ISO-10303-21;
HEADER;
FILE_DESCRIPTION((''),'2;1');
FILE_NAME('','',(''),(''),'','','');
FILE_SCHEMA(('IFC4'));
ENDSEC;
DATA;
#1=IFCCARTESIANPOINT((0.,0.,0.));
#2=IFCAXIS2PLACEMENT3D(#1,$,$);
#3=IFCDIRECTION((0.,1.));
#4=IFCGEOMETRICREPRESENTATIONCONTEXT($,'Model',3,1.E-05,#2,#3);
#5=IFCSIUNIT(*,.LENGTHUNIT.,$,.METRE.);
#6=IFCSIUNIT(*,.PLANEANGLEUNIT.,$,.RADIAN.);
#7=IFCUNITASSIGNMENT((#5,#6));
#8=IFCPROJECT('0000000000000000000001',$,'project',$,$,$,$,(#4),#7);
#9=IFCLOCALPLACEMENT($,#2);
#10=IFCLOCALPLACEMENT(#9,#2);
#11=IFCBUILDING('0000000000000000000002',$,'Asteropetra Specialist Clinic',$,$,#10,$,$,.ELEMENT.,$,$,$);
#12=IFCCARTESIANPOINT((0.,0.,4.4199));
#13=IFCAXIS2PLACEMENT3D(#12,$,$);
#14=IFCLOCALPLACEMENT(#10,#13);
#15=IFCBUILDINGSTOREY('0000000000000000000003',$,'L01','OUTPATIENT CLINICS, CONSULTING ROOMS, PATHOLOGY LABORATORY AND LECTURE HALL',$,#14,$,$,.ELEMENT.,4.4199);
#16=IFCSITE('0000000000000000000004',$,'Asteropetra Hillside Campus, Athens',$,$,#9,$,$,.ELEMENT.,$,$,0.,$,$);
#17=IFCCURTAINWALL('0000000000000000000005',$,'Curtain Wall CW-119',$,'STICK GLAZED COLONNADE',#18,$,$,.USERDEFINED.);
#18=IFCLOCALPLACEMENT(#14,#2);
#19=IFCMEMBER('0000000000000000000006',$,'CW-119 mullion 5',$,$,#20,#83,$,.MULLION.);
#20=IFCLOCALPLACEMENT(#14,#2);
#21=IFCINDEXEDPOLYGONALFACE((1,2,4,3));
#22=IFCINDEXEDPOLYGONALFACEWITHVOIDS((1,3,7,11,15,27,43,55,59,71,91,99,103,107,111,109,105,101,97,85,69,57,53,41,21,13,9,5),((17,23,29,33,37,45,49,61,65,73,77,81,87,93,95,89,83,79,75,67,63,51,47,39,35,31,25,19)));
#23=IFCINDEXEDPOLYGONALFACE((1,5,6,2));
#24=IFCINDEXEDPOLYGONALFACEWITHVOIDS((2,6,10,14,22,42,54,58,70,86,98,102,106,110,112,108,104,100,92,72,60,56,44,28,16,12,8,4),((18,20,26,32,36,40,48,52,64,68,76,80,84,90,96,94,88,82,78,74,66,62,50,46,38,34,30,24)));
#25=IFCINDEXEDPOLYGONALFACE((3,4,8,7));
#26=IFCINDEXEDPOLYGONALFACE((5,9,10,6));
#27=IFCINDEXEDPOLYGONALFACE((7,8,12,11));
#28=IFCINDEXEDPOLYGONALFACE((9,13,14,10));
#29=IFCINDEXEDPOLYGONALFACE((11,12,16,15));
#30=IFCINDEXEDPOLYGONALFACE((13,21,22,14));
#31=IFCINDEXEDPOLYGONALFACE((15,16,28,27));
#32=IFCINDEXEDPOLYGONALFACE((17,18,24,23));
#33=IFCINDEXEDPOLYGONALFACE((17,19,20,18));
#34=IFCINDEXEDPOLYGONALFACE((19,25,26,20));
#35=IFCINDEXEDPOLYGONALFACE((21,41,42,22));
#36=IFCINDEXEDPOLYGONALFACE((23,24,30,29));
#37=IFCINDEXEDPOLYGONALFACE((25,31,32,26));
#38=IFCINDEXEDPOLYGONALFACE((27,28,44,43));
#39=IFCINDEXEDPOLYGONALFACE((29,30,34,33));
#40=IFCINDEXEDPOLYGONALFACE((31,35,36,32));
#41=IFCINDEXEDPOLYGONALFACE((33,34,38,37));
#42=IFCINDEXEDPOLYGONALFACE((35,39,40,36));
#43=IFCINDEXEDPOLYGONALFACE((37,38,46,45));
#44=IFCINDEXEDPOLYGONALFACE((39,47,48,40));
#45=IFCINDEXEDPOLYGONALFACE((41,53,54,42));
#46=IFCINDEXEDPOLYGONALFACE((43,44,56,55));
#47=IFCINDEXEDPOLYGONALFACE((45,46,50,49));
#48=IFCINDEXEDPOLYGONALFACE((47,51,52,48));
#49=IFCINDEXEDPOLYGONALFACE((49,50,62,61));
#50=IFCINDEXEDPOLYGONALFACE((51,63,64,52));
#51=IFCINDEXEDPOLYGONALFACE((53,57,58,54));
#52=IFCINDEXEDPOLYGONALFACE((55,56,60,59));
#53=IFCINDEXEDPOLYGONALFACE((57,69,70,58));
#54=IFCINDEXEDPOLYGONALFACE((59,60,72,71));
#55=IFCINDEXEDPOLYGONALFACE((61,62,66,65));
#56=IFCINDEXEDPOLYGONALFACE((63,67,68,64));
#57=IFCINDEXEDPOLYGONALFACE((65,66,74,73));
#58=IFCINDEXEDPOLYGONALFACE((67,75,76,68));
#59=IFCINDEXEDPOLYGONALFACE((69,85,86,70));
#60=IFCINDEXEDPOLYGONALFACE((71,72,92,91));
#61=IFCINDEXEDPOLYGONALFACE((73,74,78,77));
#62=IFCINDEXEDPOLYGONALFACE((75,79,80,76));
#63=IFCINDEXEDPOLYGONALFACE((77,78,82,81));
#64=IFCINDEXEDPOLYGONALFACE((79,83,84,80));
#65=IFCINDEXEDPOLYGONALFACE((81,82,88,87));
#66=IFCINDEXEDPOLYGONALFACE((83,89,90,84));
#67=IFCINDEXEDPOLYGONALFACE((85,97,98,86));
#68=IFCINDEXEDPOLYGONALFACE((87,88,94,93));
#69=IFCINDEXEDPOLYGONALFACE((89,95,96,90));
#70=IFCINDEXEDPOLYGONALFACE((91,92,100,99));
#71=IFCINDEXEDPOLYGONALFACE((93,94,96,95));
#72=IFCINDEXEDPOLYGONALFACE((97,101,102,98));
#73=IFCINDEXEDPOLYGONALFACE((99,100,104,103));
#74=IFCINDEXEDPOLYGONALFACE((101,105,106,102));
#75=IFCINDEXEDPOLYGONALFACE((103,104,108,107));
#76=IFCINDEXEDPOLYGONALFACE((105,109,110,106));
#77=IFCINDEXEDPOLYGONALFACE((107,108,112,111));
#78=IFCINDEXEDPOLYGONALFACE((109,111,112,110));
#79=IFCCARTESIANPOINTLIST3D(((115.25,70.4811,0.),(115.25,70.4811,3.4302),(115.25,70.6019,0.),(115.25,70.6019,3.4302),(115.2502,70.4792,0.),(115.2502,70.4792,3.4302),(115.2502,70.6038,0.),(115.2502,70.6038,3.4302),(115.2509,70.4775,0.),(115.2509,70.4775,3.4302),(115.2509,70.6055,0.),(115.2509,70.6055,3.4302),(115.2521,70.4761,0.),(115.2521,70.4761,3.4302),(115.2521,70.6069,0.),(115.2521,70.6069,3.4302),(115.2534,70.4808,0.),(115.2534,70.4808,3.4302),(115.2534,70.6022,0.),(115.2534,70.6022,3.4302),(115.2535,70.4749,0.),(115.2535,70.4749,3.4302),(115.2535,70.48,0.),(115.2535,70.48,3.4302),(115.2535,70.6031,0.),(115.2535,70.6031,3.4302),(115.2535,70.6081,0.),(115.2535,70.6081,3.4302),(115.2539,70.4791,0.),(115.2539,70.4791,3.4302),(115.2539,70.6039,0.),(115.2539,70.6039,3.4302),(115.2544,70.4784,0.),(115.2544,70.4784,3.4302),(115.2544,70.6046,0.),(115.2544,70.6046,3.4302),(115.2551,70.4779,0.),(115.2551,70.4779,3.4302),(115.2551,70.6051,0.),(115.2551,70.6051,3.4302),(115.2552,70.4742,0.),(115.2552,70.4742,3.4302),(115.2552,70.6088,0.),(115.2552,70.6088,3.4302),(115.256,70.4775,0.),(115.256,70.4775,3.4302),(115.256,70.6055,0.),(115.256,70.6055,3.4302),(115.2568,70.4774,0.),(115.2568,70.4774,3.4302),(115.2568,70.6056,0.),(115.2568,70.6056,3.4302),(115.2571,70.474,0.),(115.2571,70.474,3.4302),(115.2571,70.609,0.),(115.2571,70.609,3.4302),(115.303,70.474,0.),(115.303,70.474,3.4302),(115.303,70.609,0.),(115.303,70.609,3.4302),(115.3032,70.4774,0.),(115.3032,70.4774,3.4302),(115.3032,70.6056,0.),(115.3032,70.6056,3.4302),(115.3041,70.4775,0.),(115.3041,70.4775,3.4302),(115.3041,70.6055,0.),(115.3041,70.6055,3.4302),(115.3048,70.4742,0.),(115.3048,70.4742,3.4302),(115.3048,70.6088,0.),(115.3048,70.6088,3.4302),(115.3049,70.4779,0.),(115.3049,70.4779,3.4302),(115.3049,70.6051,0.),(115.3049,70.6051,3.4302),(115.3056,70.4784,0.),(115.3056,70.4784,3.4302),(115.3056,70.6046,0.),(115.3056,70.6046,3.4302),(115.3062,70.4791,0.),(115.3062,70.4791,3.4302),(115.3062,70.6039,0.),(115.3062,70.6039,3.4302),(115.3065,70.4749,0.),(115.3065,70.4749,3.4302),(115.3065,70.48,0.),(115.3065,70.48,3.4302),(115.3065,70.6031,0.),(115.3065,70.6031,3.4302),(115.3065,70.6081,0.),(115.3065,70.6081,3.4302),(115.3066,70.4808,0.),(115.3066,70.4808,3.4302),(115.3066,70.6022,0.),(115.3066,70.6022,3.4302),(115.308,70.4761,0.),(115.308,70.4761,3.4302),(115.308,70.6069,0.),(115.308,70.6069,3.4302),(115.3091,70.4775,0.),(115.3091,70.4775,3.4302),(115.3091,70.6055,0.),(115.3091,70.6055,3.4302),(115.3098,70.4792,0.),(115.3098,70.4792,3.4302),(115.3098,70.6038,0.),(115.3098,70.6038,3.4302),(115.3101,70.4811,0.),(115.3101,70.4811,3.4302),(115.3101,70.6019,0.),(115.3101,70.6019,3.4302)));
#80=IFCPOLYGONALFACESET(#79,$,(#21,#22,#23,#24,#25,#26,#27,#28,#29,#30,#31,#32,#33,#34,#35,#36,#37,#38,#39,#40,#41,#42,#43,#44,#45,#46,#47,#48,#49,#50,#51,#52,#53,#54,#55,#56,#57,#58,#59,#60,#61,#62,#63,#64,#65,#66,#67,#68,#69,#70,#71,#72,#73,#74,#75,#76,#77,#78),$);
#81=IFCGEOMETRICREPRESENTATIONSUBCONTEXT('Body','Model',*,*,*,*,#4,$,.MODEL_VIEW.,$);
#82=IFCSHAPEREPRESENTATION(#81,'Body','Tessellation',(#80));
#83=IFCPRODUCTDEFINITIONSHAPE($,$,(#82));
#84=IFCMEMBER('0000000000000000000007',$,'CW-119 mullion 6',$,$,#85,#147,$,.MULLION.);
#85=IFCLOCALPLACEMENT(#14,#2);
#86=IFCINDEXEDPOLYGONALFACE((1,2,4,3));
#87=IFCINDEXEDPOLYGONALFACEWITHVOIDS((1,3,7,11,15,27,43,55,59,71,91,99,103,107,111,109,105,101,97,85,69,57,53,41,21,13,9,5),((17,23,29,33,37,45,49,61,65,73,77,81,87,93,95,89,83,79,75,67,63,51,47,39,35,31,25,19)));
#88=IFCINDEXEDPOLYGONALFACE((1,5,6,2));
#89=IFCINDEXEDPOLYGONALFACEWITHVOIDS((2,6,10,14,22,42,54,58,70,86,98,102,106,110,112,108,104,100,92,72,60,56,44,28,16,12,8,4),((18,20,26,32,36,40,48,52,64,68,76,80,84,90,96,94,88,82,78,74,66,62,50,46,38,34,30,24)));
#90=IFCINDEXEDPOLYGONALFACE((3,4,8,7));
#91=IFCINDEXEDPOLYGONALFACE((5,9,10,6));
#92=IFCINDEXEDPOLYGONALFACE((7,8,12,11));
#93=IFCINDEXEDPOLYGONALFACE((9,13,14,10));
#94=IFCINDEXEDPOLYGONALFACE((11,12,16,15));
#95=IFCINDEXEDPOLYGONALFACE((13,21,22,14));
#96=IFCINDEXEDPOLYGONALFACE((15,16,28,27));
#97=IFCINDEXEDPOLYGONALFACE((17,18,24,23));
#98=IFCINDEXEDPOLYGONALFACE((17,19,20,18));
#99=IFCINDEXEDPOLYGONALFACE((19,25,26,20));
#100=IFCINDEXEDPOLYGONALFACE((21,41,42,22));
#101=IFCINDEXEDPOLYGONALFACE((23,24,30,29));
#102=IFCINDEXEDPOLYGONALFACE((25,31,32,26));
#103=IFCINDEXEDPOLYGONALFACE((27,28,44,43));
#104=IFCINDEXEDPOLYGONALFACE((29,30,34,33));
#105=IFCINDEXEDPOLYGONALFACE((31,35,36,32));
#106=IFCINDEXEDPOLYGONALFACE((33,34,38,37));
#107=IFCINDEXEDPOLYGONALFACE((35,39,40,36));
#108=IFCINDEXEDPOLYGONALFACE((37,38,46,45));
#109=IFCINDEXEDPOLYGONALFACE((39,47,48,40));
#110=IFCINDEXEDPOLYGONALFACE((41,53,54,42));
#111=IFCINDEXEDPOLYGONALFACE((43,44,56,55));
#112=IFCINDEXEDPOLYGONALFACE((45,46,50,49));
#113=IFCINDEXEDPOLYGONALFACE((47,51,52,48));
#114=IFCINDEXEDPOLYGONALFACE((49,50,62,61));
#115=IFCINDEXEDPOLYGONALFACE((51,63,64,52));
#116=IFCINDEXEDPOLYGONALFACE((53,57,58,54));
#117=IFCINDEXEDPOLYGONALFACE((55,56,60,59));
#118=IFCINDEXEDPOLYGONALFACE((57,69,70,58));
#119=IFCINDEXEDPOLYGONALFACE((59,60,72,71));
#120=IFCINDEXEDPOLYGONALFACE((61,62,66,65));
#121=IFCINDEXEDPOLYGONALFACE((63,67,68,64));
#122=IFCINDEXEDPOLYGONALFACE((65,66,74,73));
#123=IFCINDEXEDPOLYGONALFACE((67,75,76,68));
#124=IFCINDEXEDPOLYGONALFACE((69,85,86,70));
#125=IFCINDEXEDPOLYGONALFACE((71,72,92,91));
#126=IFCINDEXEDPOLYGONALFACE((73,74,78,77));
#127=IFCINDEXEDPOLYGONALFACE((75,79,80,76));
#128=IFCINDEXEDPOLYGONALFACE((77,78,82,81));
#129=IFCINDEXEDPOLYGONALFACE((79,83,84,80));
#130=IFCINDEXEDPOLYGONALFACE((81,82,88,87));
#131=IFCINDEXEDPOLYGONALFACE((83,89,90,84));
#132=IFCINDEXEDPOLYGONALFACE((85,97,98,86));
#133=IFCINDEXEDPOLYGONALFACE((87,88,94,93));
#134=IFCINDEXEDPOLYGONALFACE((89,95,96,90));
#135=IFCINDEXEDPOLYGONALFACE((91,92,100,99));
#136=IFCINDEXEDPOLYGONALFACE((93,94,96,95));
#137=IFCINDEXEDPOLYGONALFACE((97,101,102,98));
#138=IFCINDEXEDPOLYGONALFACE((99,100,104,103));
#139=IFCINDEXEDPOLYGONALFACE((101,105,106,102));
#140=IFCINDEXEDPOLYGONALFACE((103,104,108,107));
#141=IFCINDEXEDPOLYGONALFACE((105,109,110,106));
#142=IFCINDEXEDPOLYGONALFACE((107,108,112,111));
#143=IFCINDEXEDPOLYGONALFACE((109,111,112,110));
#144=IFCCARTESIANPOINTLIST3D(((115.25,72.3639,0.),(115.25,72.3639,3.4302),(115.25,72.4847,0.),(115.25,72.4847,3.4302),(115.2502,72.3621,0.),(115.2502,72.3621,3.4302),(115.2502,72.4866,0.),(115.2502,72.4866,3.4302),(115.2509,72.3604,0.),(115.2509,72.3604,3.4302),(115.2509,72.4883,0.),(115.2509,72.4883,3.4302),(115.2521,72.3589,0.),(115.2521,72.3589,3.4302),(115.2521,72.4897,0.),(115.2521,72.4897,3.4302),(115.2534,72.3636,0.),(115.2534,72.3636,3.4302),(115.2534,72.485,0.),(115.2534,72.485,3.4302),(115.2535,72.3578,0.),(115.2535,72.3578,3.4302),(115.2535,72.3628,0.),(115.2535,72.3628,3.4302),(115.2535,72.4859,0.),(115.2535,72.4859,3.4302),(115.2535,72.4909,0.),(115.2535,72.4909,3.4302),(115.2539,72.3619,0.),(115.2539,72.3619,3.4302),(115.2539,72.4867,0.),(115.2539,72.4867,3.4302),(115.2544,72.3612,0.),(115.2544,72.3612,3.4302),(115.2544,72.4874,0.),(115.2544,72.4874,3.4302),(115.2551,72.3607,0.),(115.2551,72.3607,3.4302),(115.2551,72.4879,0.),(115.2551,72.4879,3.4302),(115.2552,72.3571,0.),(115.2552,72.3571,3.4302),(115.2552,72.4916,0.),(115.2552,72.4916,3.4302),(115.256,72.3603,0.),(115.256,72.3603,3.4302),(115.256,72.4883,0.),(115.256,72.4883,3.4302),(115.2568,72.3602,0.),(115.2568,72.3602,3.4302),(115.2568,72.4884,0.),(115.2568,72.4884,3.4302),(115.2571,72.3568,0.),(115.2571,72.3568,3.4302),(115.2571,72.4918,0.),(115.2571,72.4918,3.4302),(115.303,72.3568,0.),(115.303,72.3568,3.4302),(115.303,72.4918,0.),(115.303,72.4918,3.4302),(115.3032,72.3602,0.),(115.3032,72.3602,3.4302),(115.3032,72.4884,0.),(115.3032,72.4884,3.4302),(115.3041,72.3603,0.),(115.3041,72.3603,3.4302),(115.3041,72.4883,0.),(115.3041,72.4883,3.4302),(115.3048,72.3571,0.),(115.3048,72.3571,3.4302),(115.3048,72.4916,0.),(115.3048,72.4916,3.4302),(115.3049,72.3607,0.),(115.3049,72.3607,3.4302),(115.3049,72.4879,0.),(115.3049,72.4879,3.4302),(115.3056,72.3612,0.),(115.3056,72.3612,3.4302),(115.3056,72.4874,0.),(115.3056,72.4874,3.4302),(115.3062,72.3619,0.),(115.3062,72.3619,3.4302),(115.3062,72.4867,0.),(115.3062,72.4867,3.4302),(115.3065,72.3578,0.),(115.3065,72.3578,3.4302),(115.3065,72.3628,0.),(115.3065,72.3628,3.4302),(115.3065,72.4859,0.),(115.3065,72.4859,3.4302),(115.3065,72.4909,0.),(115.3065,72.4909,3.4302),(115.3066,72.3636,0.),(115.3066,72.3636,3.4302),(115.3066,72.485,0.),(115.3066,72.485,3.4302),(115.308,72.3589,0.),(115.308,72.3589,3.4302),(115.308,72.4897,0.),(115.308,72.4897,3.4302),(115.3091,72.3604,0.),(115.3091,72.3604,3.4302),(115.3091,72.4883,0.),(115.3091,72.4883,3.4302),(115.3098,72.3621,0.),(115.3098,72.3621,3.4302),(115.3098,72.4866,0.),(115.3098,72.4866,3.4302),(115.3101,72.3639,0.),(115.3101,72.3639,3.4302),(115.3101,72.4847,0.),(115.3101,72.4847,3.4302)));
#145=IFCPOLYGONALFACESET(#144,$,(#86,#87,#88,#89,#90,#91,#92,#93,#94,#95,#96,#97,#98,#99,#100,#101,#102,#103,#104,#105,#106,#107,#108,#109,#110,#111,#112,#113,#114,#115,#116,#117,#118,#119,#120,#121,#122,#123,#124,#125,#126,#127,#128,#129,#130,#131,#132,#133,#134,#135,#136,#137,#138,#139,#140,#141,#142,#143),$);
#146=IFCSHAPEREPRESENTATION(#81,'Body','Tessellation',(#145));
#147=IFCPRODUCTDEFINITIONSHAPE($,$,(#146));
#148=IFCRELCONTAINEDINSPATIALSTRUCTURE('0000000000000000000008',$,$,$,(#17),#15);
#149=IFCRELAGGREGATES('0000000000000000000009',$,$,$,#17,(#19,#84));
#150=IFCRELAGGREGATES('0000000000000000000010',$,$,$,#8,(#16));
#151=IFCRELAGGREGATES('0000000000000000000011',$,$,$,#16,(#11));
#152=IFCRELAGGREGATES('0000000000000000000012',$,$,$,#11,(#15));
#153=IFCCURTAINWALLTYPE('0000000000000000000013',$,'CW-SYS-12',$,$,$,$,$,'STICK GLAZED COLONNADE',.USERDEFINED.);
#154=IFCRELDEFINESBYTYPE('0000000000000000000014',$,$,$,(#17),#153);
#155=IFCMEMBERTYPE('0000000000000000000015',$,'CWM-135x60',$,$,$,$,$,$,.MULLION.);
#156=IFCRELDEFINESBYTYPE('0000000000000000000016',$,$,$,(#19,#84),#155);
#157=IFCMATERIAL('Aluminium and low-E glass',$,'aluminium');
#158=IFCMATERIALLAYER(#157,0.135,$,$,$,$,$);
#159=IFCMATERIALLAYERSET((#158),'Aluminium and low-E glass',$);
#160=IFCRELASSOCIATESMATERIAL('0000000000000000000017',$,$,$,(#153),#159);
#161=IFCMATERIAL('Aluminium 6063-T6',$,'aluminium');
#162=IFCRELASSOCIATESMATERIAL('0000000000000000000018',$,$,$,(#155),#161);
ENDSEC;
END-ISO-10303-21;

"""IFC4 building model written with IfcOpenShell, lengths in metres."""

from ifc_helpers import new_model, si_unit, direction, frame, origin, origin_2d, place, context, subcontext, project, spatial, hollow_rectangle, extrude, material, layer, layer_set, material_profile, profile_set, type_object, element, aggregate, save


model = new_model("IFC4")

# Units and contexts
model_context = context("Model", 3, precision=1e-05, world=origin(), true_north=direction((0.0, 1.0)))
body_context = subcontext(model_context, "Body", "Model", "MODEL_VIEW")
ifc_project = project(units=[si_unit("LENGTHUNIT", "METRE"), si_unit("PLANEANGLEUNIT", "RADIAN")], contexts=[model_context])

# Site, building, storey
site_placement = place(None, origin())
site = spatial("IfcSite", under=ifc_project, at=site_placement, Name="Asteropetra Hillside Campus, Athens", CompositionType="ELEMENT", RefElevation=0.0)
building_placement = place(site_placement, origin())
building = spatial("IfcBuilding", under=site, at=building_placement, Name="Asteropetra Specialist Clinic", CompositionType="ELEMENT")
storey_placement = place(building_placement, frame((0.0, 0.0, 4.4199)))
storey = spatial("IfcBuildingStorey", under=building, at=storey_placement, Name="L01", Description="OUTPATIENT CLINICS, CONSULTING ROOMS, PATHOLOGY LABORATORY AND LECTURE HALL", CompositionType="ELEMENT", Elevation=4.4199)

# Curtain wall, members
ifc_material_1 = material(Name="Aluminium and low-E glass", Category="aluminium")
ifc_layer_1 = layer(ifc_material_1, 0.135)
ifc_layer_set_1 = layer_set([ifc_layer_1], Name="Aluminium and low-E glass")
curtain_wall_type = type_object("IfcCurtainWallType", Name="CW-SYS-12", ElementType="STICK GLAZED COLONNADE", PredefinedType="USERDEFINED", material=ifc_layer_set_1)
curtain_wall_placement = place(storey_placement, origin())
curtain_wall = element("IfcCurtainWall", 1, at=curtain_wall_placement, inside=storey, type_object=curtain_wall_type, Name="Curtain Wall CW-119", ObjectType="STICK GLAZED COLONNADE", PredefinedType="USERDEFINED")
ifc_material_2 = material(Name="Aluminium 6063-T6", Category="aluminium")
ifc_material_profile_1 = material_profile(ifc_material_2, hollow_rectangle(XDim=0.0601, YDim=0.135, WallThickness=0.0034, InnerFilletRadius=0.0034, OuterFilletRadius=0.0071, at=origin_2d()), Name="MUL 135x60x3.5")
ifc_profile_set_1 = profile_set([ifc_material_profile_1], Name="Aluminium 6063-T6")
member_type_1 = type_object("IfcMemberType", Name="CWM-135x60", PredefinedType="MULLION", material=ifc_profile_set_1)
member_1_placement = place(storey_placement, frame((115.28, 70.5415, 0.0), z_axis=(0.0, 0.0, 1.0), x_axis=(-1.0, 0.0, 0.0)))
member_1 = element("IfcMember", 2, at=member_1_placement, type_object=member_type_1, Name="CW-119 mullion 5", PredefinedType="MULLION", context=body_context, shape_type="SweptSolid", body=[
    extrude(hollow_rectangle(XDim=0.0601, YDim=0.135, WallThickness=0.0034, InnerFilletRadius=0.0034, OuterFilletRadius=0.0071, at=origin_2d()), origin(), (0.0, 0.0, 1.0), 3.4302),
])
member_2_placement = place(storey_placement, frame((115.28, 72.4243, 0.0), z_axis=(0.0, 0.0, 1.0), x_axis=(-1.0, 0.0, 0.0)))
member_2 = element("IfcMember", 3, at=member_2_placement, type_object=member_type_1, Name="CW-119 mullion 6", PredefinedType="MULLION", context=body_context, shape_type="SweptSolid", body=[
    extrude(hollow_rectangle(XDim=0.0601, YDim=0.135, WallThickness=0.0034, InnerFilletRadius=0.0034, OuterFilletRadius=0.0071, at=origin_2d()), origin(), (0.0, 0.0, 1.0), 3.4302),
])

aggregate(curtain_wall, [member_1, member_2])

save(model, "model.ifc")
